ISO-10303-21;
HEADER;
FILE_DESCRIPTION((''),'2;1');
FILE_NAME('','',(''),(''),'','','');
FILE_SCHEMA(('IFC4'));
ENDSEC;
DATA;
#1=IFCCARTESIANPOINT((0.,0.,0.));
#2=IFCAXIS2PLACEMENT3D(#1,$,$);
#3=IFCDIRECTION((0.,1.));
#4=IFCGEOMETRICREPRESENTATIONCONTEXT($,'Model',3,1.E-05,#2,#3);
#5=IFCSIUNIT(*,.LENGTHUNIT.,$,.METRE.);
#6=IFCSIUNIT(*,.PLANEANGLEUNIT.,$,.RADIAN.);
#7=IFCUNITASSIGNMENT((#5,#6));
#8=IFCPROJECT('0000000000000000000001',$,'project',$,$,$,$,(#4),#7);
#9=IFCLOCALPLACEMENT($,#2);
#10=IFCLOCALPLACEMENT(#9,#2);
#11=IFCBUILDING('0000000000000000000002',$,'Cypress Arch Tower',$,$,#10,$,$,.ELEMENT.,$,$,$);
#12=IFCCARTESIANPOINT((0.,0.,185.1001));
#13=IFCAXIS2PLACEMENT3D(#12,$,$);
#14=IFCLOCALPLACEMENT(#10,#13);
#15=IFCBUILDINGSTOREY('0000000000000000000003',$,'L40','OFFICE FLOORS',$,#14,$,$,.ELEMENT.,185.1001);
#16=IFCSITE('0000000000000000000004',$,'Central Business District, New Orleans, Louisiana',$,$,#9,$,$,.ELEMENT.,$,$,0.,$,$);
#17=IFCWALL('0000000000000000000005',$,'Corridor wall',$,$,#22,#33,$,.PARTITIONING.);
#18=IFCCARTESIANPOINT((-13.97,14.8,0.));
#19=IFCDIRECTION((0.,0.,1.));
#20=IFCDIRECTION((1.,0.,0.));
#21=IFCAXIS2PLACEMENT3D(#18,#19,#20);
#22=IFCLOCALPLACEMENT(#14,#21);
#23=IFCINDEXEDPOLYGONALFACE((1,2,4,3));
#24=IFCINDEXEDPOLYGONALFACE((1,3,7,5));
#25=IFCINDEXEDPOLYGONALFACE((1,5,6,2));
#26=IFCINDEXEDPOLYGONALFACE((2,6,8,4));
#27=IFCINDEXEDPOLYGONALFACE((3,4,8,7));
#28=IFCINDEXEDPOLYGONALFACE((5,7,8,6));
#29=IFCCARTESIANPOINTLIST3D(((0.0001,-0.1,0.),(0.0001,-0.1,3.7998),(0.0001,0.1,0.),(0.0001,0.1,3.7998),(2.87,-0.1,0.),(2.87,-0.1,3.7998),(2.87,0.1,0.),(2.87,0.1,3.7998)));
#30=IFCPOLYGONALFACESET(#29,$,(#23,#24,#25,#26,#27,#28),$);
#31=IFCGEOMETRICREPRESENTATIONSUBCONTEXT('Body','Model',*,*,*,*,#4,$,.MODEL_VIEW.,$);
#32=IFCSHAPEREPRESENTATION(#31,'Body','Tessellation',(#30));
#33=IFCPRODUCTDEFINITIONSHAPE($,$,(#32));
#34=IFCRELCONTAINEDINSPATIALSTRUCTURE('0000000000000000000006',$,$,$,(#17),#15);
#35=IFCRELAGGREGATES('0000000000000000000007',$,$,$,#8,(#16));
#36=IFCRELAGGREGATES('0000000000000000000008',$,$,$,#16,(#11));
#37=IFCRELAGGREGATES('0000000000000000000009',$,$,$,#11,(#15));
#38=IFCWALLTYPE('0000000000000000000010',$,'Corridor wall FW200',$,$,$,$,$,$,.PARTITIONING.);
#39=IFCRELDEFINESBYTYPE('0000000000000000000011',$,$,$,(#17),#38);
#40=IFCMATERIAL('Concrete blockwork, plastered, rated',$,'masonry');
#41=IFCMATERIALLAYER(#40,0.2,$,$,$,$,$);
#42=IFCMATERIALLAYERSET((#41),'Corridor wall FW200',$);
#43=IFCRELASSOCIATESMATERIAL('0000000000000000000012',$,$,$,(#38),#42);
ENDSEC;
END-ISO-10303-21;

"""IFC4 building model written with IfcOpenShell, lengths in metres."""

from ifc_helpers import new_model, si_unit, direction, frame, frame_2d, origin, place, context, subcontext, project, spatial, rectangle, extrude, material, layer, layer_set, type_object, element, save


model = new_model("IFC4")

# Units and contexts
model_context = context("Model", 3, precision=1e-05, world=origin(), true_north=direction((0.0, 1.0)))
body_context = subcontext(model_context, "Body", "Model", "MODEL_VIEW")
ifc_project = project(units=[si_unit("LENGTHUNIT", "METRE"), si_unit("PLANEANGLEUNIT", "RADIAN")], contexts=[model_context])

# Site, building, storey
site_placement = place(None, origin())
site = spatial("IfcSite", under=ifc_project, at=site_placement, Name="Central Business District, New Orleans, Louisiana", CompositionType="ELEMENT", RefElevation=0.0)
building_placement = place(site_placement, origin())
building = spatial("IfcBuilding", under=site, at=building_placement, Name="Cypress Arch Tower", CompositionType="ELEMENT")
storey_placement = place(building_placement, frame((0.0, 0.0, 185.1001)))
storey = spatial("IfcBuildingStorey", under=building, at=storey_placement, Name="L40", Description="OFFICE FLOORS", CompositionType="ELEMENT", Elevation=185.1001)

# Wall
ifc_material_1 = material(Name="Concrete blockwork, plastered, rated", Category="masonry")
ifc_layer_1 = layer(ifc_material_1, 0.2)
ifc_layer_set_1 = layer_set([ifc_layer_1], Name="Corridor wall FW200")
wall_type_1 = type_object("IfcWallType", Name="Corridor wall FW200", PredefinedType="PARTITIONING", material=ifc_layer_set_1)
wall_1_placement = place(storey_placement, frame((-13.97, 14.8, 0.0), z_axis=(0.0, 0.0, 1.0), x_axis=(1.0, 0.0, 0.0)))
element("IfcWall", 1, at=wall_1_placement, inside=storey, type_object=wall_type_1, Name="Corridor wall", PredefinedType="PARTITIONING", context=body_context, shape_type="SweptSolid", body=[
    extrude(rectangle(XDim=2.8699, YDim=0.2, at=frame_2d((1.4351, 0.0))), origin(), (0.0, 0.0, 1.0), 3.7998),
])

save(model, "model.ifc")
